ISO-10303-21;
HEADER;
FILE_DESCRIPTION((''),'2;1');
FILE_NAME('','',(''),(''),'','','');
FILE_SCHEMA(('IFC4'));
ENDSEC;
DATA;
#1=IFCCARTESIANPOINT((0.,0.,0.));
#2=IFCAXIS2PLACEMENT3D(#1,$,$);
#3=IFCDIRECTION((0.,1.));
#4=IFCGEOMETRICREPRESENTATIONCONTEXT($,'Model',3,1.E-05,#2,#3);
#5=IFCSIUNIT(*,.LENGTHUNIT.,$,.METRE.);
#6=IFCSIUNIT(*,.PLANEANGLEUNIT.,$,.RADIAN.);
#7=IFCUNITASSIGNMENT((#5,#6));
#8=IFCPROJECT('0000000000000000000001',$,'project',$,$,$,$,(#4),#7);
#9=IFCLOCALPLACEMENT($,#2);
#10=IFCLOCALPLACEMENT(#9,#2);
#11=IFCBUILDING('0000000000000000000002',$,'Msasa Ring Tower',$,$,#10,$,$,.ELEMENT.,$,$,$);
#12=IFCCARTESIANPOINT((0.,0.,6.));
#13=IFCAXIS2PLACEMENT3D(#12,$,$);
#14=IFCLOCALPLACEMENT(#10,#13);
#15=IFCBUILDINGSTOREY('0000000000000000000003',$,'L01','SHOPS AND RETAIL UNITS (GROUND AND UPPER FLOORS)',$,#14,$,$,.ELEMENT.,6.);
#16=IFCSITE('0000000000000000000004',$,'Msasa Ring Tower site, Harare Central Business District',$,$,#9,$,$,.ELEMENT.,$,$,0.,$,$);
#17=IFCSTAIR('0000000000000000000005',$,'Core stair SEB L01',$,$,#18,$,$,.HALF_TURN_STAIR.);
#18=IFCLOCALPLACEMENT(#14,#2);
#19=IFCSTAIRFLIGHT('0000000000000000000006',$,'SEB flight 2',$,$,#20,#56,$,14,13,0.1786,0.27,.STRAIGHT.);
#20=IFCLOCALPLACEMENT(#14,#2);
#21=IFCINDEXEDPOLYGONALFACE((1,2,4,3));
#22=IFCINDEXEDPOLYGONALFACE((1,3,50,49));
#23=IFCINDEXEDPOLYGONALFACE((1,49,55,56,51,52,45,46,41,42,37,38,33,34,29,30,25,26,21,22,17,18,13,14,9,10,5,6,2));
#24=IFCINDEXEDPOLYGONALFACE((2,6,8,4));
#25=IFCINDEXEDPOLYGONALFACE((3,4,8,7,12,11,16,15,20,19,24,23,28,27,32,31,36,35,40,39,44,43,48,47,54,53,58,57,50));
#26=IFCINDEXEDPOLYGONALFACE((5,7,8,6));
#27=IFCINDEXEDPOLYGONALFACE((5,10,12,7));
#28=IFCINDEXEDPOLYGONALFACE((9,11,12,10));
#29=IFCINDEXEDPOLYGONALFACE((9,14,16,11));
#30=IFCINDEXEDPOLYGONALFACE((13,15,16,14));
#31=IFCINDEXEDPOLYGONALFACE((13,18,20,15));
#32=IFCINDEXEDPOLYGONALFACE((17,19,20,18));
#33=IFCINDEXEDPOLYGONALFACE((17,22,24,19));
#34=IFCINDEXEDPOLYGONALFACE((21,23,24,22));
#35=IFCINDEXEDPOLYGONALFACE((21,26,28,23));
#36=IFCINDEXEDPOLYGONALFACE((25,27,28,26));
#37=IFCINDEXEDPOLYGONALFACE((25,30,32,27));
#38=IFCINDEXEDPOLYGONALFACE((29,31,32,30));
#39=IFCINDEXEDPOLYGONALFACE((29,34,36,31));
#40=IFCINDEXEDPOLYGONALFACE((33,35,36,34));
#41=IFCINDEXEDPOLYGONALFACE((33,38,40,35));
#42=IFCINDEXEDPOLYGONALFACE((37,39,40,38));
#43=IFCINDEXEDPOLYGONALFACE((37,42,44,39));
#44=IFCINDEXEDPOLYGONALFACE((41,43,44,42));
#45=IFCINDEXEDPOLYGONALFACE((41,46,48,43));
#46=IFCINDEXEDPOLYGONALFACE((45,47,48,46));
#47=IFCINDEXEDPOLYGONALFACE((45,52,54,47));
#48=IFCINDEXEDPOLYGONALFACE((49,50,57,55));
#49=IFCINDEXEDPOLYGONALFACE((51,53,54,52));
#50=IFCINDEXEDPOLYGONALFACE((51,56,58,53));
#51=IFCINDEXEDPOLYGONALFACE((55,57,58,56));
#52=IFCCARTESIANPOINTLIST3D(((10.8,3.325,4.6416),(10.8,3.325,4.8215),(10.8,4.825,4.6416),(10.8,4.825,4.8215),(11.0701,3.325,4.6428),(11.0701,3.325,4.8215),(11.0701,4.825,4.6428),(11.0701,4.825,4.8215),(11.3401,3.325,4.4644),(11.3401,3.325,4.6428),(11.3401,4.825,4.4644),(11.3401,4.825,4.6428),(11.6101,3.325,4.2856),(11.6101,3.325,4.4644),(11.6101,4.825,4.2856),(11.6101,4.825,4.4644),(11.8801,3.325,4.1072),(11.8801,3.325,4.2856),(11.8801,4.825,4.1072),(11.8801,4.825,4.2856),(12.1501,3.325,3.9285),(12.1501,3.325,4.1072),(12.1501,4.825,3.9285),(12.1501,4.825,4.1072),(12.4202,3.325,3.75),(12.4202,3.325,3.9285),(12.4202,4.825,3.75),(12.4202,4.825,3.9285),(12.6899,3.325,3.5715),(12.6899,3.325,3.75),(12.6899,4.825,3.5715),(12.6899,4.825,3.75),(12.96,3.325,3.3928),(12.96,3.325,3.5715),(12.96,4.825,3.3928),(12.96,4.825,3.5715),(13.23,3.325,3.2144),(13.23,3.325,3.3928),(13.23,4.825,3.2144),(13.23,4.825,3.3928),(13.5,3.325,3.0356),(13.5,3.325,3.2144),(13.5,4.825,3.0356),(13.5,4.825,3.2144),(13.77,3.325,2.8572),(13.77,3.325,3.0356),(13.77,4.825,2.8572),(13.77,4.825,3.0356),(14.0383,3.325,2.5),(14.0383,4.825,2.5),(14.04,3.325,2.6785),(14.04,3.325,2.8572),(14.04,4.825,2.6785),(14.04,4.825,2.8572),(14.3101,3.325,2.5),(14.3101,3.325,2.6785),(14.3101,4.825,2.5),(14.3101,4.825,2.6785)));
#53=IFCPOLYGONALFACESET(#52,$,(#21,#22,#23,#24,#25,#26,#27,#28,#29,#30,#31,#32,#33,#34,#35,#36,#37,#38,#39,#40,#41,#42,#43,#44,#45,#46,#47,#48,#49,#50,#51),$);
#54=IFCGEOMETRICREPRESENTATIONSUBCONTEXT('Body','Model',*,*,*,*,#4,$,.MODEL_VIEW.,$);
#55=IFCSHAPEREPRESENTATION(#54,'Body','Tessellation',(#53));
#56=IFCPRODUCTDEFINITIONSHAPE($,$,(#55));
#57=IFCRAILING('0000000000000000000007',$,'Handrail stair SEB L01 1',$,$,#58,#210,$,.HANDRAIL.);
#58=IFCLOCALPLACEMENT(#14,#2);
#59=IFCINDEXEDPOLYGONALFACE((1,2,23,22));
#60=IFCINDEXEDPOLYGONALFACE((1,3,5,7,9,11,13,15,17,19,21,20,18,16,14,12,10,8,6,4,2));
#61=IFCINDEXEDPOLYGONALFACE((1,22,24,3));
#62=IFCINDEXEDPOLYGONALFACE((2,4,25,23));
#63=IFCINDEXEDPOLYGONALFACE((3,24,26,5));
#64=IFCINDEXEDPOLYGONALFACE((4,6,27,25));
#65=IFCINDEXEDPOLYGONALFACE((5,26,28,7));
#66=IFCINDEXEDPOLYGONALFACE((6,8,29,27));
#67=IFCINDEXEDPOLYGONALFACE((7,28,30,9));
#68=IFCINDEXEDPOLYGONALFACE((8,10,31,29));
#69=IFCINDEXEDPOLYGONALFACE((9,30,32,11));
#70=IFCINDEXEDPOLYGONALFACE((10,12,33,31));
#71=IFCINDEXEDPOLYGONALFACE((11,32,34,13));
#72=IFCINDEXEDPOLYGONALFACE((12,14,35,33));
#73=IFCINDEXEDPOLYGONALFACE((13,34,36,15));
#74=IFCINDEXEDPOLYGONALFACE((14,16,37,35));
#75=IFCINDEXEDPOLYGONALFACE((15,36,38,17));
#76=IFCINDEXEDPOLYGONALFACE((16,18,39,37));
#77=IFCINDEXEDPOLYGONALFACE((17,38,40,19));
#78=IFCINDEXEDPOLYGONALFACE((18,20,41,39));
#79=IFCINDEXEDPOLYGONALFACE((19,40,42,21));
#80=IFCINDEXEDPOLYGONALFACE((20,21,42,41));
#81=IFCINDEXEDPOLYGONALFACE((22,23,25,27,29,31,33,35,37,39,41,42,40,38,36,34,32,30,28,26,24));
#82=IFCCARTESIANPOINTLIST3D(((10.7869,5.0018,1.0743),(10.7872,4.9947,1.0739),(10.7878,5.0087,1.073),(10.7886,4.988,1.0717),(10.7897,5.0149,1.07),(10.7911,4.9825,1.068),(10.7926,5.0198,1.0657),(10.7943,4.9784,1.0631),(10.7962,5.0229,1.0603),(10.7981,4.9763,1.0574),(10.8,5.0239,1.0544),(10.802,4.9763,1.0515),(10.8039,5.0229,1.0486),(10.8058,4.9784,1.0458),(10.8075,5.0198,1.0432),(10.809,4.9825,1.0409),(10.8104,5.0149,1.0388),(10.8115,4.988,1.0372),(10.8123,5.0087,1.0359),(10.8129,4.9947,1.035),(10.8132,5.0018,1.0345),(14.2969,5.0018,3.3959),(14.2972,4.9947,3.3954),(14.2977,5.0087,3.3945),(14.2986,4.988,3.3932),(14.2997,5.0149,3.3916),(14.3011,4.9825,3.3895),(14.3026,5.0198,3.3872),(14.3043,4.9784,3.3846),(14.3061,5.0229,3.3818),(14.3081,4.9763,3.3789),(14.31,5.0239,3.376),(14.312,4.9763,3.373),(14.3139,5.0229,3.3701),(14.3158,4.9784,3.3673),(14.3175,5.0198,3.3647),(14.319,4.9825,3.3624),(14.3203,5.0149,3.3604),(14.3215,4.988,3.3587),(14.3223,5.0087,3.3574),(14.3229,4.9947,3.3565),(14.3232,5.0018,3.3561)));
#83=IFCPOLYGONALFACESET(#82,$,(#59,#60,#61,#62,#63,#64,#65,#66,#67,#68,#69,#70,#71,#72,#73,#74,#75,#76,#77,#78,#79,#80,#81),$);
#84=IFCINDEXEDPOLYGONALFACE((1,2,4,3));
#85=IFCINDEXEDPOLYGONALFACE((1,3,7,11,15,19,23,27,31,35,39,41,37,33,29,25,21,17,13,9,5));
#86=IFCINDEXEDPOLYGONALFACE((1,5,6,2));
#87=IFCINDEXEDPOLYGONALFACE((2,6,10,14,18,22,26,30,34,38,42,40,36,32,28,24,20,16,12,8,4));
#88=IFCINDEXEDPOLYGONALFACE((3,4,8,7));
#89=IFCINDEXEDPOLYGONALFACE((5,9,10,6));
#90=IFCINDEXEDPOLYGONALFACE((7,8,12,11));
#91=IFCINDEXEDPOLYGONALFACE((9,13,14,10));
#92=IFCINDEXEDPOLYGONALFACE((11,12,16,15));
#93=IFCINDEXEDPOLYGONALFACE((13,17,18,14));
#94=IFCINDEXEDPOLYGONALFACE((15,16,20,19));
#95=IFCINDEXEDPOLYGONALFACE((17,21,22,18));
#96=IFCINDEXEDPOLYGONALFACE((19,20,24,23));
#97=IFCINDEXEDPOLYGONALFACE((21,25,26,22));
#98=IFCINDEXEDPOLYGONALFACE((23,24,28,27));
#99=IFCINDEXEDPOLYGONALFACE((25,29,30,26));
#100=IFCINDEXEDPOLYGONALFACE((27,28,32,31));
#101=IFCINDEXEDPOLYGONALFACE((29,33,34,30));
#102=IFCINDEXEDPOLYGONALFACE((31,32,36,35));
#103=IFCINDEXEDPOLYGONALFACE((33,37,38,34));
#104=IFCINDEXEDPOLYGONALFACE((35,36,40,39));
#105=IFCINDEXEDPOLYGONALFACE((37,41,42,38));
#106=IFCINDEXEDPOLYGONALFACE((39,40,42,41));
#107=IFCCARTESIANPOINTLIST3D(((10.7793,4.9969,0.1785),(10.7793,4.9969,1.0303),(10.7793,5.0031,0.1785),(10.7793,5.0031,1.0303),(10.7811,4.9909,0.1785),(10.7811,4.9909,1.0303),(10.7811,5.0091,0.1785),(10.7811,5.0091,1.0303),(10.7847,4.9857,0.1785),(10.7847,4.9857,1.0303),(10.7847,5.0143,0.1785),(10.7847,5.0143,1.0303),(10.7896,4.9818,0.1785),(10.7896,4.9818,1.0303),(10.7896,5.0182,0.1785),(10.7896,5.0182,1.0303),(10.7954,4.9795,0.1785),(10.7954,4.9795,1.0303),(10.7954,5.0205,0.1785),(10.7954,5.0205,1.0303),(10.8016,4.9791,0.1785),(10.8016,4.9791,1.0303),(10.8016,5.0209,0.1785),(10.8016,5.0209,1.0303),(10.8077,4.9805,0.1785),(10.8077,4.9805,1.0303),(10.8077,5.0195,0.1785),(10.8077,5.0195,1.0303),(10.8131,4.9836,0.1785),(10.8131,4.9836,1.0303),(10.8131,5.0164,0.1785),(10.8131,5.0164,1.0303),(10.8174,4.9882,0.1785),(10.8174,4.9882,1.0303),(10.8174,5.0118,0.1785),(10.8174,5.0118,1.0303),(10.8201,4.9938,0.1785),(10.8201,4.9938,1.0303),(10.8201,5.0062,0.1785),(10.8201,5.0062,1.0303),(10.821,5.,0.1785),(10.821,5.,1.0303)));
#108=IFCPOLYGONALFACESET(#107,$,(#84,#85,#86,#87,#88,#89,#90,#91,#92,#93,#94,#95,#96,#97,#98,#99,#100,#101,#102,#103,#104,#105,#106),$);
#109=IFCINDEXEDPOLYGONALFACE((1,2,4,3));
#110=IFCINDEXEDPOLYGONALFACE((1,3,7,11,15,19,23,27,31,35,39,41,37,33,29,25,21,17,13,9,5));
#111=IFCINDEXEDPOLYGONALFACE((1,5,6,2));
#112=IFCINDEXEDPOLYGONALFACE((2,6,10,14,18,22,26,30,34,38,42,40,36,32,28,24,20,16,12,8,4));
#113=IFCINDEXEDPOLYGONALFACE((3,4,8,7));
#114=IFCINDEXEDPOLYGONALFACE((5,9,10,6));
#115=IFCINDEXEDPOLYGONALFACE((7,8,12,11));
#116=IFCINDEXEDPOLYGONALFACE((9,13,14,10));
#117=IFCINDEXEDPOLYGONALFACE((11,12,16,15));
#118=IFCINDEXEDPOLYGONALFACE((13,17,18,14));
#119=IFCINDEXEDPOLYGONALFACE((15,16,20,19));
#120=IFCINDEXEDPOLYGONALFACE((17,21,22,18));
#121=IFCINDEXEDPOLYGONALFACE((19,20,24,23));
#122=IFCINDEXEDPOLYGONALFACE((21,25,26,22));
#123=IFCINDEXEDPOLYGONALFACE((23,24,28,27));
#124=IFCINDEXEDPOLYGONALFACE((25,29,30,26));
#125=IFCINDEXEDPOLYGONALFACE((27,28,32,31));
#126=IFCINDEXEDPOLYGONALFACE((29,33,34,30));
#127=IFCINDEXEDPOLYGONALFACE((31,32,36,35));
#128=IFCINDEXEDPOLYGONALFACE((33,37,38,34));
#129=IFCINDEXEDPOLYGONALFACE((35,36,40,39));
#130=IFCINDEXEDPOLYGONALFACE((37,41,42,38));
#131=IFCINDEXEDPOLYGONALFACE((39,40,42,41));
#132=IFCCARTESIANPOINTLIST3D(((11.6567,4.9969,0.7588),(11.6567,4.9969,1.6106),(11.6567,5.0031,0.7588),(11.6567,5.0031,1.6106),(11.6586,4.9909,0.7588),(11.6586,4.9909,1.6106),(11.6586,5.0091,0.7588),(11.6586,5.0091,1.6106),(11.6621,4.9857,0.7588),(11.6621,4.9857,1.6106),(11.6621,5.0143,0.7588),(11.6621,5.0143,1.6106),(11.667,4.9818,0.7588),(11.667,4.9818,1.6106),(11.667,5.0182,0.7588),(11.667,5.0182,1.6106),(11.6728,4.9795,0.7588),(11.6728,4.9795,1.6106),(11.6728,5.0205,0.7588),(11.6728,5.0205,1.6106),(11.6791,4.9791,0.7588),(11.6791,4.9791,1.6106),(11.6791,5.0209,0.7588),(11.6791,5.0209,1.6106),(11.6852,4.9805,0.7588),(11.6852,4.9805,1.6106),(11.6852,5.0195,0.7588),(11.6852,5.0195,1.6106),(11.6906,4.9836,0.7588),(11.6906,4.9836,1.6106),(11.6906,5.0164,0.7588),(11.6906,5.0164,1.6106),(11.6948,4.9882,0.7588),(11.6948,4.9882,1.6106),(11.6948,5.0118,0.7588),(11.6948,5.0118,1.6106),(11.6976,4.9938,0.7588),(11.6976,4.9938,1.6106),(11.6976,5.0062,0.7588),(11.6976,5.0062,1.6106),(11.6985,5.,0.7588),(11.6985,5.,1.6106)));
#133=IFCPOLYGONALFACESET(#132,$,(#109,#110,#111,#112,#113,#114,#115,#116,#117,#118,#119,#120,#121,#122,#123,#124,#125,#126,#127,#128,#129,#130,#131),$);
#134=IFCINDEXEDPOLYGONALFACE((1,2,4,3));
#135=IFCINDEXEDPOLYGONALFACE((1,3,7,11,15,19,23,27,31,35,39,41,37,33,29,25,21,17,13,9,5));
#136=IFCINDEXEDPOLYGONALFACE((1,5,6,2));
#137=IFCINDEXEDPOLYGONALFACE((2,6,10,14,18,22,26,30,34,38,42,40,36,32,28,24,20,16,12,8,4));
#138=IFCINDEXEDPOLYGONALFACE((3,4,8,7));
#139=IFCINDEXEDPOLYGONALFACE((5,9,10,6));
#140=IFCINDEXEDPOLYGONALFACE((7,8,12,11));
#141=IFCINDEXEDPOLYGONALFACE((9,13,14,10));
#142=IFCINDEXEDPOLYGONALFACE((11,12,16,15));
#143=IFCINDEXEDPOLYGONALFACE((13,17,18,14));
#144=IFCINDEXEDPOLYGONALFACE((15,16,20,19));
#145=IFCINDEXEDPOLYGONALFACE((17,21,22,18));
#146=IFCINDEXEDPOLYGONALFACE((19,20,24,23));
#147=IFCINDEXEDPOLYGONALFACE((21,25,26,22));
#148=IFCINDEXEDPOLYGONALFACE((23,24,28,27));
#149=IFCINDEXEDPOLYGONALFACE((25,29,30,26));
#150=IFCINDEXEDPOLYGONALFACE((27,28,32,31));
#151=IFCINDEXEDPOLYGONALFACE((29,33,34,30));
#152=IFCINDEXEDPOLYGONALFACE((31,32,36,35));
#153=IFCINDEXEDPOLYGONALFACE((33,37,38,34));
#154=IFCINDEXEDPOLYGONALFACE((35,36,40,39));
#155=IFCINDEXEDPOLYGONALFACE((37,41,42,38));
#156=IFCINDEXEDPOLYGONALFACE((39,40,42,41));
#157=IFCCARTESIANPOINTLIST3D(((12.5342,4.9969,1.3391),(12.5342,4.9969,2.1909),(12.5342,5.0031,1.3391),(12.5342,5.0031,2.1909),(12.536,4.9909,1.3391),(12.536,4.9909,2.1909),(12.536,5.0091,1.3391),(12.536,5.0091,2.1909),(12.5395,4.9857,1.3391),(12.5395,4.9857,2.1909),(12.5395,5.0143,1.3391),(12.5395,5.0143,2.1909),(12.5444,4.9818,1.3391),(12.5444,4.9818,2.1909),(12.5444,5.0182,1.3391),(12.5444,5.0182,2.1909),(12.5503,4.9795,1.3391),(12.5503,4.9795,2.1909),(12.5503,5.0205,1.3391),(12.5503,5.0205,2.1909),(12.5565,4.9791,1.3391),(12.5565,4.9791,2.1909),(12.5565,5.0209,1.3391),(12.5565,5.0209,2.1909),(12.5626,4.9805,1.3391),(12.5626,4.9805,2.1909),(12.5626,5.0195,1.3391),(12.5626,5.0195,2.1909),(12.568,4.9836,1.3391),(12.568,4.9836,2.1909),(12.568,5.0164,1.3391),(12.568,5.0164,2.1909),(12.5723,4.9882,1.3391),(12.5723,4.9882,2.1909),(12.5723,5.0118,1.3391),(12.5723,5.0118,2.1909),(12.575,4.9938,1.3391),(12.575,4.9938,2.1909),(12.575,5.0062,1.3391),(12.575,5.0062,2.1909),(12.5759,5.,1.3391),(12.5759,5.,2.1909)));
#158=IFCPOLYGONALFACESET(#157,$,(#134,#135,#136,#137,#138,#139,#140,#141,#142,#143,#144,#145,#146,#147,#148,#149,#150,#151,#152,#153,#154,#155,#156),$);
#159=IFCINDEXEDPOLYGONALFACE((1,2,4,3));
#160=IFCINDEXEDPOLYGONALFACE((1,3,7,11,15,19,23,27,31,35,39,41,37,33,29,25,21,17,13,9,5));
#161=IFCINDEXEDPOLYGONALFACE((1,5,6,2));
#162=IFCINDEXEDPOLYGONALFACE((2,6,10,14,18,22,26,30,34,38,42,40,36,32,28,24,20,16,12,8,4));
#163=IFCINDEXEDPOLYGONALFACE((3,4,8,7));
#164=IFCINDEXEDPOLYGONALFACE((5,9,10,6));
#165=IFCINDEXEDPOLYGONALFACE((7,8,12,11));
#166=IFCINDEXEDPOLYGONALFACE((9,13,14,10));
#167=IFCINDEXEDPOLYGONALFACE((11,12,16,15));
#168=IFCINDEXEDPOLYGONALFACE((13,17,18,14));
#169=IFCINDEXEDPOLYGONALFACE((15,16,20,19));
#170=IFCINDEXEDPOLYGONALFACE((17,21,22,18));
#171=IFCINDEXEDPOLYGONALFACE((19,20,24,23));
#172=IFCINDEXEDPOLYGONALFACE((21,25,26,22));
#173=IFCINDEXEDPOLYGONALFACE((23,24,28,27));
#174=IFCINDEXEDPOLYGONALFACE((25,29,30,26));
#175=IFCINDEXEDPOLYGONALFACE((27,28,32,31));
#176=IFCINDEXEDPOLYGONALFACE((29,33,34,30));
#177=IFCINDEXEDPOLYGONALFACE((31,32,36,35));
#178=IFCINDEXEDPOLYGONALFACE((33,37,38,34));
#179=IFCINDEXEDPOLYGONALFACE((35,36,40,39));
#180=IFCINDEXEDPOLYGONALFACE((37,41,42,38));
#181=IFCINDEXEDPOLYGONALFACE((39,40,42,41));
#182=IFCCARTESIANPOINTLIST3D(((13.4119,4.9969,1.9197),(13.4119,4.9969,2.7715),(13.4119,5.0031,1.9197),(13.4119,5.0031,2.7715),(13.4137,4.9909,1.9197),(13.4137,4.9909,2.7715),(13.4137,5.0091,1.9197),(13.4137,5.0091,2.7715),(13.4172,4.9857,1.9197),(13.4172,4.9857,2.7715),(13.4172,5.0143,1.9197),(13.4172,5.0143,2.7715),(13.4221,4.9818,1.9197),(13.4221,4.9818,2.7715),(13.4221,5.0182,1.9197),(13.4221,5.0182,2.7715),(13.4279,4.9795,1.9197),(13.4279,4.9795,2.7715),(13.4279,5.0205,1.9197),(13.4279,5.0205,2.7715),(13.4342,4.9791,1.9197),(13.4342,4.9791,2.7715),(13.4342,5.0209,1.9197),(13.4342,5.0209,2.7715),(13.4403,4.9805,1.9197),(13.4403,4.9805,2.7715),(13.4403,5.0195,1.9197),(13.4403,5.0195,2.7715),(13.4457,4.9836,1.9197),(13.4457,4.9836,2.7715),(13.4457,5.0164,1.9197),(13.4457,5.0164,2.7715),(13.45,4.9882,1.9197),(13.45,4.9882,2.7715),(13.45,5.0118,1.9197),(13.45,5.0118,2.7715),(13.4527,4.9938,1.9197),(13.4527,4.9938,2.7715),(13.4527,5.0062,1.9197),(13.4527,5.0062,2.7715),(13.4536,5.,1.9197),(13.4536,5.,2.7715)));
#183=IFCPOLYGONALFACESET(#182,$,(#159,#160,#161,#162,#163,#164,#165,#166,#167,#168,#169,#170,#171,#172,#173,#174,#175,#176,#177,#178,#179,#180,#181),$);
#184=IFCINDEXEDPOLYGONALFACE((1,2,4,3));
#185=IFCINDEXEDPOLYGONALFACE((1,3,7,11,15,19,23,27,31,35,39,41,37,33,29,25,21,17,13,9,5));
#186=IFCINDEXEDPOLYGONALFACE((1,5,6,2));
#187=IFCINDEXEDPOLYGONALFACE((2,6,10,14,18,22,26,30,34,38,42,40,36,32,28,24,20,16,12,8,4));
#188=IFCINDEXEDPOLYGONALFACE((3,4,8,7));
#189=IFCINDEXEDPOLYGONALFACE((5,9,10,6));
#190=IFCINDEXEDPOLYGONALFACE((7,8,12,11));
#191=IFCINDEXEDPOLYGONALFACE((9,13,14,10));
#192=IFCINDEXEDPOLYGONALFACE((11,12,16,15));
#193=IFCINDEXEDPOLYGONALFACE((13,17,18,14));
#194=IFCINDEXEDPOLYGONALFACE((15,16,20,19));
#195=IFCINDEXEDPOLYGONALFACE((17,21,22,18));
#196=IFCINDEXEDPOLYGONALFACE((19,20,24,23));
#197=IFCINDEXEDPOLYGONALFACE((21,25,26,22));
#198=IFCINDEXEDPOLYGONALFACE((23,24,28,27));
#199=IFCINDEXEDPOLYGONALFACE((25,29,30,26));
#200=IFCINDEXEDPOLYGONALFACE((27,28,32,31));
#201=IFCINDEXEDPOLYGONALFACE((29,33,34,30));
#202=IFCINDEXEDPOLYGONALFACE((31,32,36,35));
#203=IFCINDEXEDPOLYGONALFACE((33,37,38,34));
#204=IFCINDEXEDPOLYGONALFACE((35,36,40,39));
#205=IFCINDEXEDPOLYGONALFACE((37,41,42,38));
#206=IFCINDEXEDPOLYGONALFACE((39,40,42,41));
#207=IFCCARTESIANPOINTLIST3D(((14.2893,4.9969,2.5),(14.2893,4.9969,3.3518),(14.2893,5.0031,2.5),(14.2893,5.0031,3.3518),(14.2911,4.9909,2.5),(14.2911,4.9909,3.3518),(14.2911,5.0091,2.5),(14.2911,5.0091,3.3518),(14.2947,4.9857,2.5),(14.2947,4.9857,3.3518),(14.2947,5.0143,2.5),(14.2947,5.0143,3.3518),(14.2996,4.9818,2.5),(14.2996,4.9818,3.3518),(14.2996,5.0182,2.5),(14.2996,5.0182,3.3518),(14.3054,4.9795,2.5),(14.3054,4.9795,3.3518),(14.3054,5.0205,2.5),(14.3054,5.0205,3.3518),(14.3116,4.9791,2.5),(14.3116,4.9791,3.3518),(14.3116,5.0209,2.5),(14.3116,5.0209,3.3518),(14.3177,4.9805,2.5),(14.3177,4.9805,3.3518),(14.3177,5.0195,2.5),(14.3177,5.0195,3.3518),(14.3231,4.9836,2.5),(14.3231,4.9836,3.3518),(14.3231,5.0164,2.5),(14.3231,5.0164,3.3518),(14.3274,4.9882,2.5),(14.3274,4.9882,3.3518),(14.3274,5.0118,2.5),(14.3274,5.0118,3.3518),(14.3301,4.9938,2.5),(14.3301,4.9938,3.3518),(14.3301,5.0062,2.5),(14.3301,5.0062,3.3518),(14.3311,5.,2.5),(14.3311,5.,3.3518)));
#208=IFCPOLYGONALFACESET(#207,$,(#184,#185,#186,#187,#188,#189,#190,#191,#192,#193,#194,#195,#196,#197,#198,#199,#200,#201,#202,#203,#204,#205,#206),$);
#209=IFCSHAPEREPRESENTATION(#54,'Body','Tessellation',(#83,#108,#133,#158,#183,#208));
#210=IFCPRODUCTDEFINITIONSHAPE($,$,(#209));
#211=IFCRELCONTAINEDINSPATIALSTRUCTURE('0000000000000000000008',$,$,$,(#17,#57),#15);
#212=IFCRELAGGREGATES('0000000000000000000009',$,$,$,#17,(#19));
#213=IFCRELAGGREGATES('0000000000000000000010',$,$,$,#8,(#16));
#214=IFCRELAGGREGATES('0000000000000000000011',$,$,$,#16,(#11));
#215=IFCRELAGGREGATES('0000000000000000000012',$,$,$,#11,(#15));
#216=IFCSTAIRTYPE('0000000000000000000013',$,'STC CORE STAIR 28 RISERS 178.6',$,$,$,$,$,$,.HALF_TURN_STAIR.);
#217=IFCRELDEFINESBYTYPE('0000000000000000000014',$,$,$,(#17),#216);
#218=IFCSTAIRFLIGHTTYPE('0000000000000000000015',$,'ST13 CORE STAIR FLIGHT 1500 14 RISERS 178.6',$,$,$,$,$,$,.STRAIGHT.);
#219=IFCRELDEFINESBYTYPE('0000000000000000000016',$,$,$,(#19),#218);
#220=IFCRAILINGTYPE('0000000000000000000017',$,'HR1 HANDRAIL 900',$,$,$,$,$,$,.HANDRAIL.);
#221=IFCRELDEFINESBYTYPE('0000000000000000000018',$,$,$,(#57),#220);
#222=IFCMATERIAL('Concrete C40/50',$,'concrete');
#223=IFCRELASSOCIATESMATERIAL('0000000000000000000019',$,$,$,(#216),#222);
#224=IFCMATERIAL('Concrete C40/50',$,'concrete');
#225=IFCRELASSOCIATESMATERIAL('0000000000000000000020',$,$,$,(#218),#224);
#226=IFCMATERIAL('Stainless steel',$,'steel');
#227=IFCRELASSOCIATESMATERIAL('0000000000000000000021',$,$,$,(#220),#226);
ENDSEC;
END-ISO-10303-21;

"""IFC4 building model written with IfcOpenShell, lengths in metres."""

from ifc_helpers import new_model, si_unit, direction, frame, origin, origin_2d, place, context, subcontext, project, spatial, polyline, circle, outline, extrude, material, type_object, element, aggregate, save


model = new_model("IFC4")

# Units and contexts
model_context = context("Model", 3, precision=1e-05, world=origin(), true_north=direction((0.0, 1.0)))
body_context = subcontext(model_context, "Body", "Model", "MODEL_VIEW")
ifc_project = project(units=[si_unit("LENGTHUNIT", "METRE"), si_unit("PLANEANGLEUNIT", "RADIAN")], contexts=[model_context])

# Site, building, storey
site_placement = place(None, origin())
site = spatial("IfcSite", under=ifc_project, at=site_placement, Name="Msasa Ring Tower site, Harare Central Business District", CompositionType="ELEMENT", RefElevation=0.0)
building_placement = place(site_placement, origin())
building = spatial("IfcBuilding", under=site, at=building_placement, Name="Msasa Ring Tower", CompositionType="ELEMENT")
storey_placement = place(building_placement, frame((0.0, 0.0, 6.0)))
storey = spatial("IfcBuildingStorey", under=building, at=storey_placement, Name="L01", Description="SHOPS AND RETAIL UNITS (GROUND AND UPPER FLOORS)", CompositionType="ELEMENT", Elevation=6.0)

# Stair, stair flight
ifc_material_1 = material(Name="Concrete C40/50", Category="concrete")
stair_type = type_object("IfcStairType", Name="STC CORE STAIR 28 RISERS 178.6", PredefinedType="HALF_TURN_STAIR", material=ifc_material_1)
stair_placement = place(storey_placement, origin())
stair = element("IfcStair", 1, at=stair_placement, inside=storey, type_object=stair_type, Name="Core stair SEB L01", PredefinedType="HALF_TURN_STAIR")
ifc_material_2 = material(Name="Concrete C40/50", Category="concrete")
stair_flight_type = type_object("IfcStairFlightType", Name="ST13 CORE STAIR FLIGHT 1500 14 RISERS 178.6", PredefinedType="STRAIGHT", material=ifc_material_2)
stair_flight_1_placement = place(storey_placement, frame((14.3101, 4.075, 2.5), z_axis=(0.0, 0.0, 1.0), x_axis=(-1.0, 0.0, 0.0)))
stair_flight_1 = element("IfcStairFlight", 2, at=stair_flight_1_placement, type_object=stair_flight_type, Name="SEB flight 2", NumberOfRisers=14, NumberOfTreads=13, PredefinedType="STRAIGHT", RiserHeight=0.1786, TreadLength=0.27, context=body_context, shape_type="SweptSolid", body=[
    extrude(outline(polyline([(0.0, 0.0), (0.0, 0.1785), (0.27, 0.1785), (0.27, 0.3572), (0.54, 0.3572), (0.54, 0.5356), (0.8101, 0.5356), (0.8101, 0.7144), (1.0801, 0.7144), (1.0801, 0.8928), (1.3501, 0.8928), (1.3501, 1.0715), (1.6201, 1.0715), (1.6201, 1.25), (1.8899, 1.25), (1.8899, 1.4285), (2.1599, 1.4285), (2.1599, 1.6072), (2.4299, 1.6072), (2.4299, 1.7856), (2.7, 1.7856), (2.7, 1.9644), (2.97, 1.9644), (2.97, 2.1428), (3.24, 2.1428), (3.24, 2.3215), (3.51, 2.3215), (3.51, 2.5), (3.51, 2.1416), (0.2717, 0.0), (0.0, 0.0)])), frame((0.0, 0.75, 0.0), z_axis=(0.0, -1.0, 0.0), x_axis=(1.0, 0.0, 0.0)), (0.0, 0.0, 1.0), 1.5),
])
aggregate(stair, [stair_flight_1])

# Railing
ifc_material_3 = material(Name="Stainless steel", Category="steel")
railing_type = type_object("IfcRailingType", Name="HR1 HANDRAIL 900", PredefinedType="HANDRAIL", material=ifc_material_3)
for number, where, name in (
    (3, (10.8, 5.0, 0.1785), "Handrail stair SEB L01 1"),
):
    element("IfcRailing", number, at=place(storey_placement, frame(where)), inside=storey, type_object=railing_type, Name=name, PredefinedType="HANDRAIL", context=body_context, shape_type="SweptSolid", body=[
        extrude(circle(Radius=0.0239, at=origin_2d()), frame((0.0, 0.0, 0.876), z_axis=(0.834071, 0.0, 0.551657), x_axis=(0.0, 1.0, 0.0)), (0.0, 0.0, 1.0), 4.2083),
        extrude(circle(Radius=0.021, at=origin_2d()), origin(), (0.0, 0.0, 1.0), 0.8518),
        extrude(circle(Radius=0.021, at=origin_2d()), frame((0.8774, 0.0, 0.5803)), (0.0, 0.0, 1.0), 0.8518),
        extrude(circle(Radius=0.021, at=origin_2d()), frame((1.7549, 0.0, 1.1606)), (0.0, 0.0, 1.0), 0.8518),
        extrude(circle(Radius=0.021, at=origin_2d()), frame((2.6326, 0.0, 1.7412)), (0.0, 0.0, 1.0), 0.8518),
        extrude(circle(Radius=0.021, at=origin_2d()), frame((3.51, 0.0, 2.3215)), (0.0, 0.0, 1.0), 0.8518),
    ])

save(model, "model.ifc")
